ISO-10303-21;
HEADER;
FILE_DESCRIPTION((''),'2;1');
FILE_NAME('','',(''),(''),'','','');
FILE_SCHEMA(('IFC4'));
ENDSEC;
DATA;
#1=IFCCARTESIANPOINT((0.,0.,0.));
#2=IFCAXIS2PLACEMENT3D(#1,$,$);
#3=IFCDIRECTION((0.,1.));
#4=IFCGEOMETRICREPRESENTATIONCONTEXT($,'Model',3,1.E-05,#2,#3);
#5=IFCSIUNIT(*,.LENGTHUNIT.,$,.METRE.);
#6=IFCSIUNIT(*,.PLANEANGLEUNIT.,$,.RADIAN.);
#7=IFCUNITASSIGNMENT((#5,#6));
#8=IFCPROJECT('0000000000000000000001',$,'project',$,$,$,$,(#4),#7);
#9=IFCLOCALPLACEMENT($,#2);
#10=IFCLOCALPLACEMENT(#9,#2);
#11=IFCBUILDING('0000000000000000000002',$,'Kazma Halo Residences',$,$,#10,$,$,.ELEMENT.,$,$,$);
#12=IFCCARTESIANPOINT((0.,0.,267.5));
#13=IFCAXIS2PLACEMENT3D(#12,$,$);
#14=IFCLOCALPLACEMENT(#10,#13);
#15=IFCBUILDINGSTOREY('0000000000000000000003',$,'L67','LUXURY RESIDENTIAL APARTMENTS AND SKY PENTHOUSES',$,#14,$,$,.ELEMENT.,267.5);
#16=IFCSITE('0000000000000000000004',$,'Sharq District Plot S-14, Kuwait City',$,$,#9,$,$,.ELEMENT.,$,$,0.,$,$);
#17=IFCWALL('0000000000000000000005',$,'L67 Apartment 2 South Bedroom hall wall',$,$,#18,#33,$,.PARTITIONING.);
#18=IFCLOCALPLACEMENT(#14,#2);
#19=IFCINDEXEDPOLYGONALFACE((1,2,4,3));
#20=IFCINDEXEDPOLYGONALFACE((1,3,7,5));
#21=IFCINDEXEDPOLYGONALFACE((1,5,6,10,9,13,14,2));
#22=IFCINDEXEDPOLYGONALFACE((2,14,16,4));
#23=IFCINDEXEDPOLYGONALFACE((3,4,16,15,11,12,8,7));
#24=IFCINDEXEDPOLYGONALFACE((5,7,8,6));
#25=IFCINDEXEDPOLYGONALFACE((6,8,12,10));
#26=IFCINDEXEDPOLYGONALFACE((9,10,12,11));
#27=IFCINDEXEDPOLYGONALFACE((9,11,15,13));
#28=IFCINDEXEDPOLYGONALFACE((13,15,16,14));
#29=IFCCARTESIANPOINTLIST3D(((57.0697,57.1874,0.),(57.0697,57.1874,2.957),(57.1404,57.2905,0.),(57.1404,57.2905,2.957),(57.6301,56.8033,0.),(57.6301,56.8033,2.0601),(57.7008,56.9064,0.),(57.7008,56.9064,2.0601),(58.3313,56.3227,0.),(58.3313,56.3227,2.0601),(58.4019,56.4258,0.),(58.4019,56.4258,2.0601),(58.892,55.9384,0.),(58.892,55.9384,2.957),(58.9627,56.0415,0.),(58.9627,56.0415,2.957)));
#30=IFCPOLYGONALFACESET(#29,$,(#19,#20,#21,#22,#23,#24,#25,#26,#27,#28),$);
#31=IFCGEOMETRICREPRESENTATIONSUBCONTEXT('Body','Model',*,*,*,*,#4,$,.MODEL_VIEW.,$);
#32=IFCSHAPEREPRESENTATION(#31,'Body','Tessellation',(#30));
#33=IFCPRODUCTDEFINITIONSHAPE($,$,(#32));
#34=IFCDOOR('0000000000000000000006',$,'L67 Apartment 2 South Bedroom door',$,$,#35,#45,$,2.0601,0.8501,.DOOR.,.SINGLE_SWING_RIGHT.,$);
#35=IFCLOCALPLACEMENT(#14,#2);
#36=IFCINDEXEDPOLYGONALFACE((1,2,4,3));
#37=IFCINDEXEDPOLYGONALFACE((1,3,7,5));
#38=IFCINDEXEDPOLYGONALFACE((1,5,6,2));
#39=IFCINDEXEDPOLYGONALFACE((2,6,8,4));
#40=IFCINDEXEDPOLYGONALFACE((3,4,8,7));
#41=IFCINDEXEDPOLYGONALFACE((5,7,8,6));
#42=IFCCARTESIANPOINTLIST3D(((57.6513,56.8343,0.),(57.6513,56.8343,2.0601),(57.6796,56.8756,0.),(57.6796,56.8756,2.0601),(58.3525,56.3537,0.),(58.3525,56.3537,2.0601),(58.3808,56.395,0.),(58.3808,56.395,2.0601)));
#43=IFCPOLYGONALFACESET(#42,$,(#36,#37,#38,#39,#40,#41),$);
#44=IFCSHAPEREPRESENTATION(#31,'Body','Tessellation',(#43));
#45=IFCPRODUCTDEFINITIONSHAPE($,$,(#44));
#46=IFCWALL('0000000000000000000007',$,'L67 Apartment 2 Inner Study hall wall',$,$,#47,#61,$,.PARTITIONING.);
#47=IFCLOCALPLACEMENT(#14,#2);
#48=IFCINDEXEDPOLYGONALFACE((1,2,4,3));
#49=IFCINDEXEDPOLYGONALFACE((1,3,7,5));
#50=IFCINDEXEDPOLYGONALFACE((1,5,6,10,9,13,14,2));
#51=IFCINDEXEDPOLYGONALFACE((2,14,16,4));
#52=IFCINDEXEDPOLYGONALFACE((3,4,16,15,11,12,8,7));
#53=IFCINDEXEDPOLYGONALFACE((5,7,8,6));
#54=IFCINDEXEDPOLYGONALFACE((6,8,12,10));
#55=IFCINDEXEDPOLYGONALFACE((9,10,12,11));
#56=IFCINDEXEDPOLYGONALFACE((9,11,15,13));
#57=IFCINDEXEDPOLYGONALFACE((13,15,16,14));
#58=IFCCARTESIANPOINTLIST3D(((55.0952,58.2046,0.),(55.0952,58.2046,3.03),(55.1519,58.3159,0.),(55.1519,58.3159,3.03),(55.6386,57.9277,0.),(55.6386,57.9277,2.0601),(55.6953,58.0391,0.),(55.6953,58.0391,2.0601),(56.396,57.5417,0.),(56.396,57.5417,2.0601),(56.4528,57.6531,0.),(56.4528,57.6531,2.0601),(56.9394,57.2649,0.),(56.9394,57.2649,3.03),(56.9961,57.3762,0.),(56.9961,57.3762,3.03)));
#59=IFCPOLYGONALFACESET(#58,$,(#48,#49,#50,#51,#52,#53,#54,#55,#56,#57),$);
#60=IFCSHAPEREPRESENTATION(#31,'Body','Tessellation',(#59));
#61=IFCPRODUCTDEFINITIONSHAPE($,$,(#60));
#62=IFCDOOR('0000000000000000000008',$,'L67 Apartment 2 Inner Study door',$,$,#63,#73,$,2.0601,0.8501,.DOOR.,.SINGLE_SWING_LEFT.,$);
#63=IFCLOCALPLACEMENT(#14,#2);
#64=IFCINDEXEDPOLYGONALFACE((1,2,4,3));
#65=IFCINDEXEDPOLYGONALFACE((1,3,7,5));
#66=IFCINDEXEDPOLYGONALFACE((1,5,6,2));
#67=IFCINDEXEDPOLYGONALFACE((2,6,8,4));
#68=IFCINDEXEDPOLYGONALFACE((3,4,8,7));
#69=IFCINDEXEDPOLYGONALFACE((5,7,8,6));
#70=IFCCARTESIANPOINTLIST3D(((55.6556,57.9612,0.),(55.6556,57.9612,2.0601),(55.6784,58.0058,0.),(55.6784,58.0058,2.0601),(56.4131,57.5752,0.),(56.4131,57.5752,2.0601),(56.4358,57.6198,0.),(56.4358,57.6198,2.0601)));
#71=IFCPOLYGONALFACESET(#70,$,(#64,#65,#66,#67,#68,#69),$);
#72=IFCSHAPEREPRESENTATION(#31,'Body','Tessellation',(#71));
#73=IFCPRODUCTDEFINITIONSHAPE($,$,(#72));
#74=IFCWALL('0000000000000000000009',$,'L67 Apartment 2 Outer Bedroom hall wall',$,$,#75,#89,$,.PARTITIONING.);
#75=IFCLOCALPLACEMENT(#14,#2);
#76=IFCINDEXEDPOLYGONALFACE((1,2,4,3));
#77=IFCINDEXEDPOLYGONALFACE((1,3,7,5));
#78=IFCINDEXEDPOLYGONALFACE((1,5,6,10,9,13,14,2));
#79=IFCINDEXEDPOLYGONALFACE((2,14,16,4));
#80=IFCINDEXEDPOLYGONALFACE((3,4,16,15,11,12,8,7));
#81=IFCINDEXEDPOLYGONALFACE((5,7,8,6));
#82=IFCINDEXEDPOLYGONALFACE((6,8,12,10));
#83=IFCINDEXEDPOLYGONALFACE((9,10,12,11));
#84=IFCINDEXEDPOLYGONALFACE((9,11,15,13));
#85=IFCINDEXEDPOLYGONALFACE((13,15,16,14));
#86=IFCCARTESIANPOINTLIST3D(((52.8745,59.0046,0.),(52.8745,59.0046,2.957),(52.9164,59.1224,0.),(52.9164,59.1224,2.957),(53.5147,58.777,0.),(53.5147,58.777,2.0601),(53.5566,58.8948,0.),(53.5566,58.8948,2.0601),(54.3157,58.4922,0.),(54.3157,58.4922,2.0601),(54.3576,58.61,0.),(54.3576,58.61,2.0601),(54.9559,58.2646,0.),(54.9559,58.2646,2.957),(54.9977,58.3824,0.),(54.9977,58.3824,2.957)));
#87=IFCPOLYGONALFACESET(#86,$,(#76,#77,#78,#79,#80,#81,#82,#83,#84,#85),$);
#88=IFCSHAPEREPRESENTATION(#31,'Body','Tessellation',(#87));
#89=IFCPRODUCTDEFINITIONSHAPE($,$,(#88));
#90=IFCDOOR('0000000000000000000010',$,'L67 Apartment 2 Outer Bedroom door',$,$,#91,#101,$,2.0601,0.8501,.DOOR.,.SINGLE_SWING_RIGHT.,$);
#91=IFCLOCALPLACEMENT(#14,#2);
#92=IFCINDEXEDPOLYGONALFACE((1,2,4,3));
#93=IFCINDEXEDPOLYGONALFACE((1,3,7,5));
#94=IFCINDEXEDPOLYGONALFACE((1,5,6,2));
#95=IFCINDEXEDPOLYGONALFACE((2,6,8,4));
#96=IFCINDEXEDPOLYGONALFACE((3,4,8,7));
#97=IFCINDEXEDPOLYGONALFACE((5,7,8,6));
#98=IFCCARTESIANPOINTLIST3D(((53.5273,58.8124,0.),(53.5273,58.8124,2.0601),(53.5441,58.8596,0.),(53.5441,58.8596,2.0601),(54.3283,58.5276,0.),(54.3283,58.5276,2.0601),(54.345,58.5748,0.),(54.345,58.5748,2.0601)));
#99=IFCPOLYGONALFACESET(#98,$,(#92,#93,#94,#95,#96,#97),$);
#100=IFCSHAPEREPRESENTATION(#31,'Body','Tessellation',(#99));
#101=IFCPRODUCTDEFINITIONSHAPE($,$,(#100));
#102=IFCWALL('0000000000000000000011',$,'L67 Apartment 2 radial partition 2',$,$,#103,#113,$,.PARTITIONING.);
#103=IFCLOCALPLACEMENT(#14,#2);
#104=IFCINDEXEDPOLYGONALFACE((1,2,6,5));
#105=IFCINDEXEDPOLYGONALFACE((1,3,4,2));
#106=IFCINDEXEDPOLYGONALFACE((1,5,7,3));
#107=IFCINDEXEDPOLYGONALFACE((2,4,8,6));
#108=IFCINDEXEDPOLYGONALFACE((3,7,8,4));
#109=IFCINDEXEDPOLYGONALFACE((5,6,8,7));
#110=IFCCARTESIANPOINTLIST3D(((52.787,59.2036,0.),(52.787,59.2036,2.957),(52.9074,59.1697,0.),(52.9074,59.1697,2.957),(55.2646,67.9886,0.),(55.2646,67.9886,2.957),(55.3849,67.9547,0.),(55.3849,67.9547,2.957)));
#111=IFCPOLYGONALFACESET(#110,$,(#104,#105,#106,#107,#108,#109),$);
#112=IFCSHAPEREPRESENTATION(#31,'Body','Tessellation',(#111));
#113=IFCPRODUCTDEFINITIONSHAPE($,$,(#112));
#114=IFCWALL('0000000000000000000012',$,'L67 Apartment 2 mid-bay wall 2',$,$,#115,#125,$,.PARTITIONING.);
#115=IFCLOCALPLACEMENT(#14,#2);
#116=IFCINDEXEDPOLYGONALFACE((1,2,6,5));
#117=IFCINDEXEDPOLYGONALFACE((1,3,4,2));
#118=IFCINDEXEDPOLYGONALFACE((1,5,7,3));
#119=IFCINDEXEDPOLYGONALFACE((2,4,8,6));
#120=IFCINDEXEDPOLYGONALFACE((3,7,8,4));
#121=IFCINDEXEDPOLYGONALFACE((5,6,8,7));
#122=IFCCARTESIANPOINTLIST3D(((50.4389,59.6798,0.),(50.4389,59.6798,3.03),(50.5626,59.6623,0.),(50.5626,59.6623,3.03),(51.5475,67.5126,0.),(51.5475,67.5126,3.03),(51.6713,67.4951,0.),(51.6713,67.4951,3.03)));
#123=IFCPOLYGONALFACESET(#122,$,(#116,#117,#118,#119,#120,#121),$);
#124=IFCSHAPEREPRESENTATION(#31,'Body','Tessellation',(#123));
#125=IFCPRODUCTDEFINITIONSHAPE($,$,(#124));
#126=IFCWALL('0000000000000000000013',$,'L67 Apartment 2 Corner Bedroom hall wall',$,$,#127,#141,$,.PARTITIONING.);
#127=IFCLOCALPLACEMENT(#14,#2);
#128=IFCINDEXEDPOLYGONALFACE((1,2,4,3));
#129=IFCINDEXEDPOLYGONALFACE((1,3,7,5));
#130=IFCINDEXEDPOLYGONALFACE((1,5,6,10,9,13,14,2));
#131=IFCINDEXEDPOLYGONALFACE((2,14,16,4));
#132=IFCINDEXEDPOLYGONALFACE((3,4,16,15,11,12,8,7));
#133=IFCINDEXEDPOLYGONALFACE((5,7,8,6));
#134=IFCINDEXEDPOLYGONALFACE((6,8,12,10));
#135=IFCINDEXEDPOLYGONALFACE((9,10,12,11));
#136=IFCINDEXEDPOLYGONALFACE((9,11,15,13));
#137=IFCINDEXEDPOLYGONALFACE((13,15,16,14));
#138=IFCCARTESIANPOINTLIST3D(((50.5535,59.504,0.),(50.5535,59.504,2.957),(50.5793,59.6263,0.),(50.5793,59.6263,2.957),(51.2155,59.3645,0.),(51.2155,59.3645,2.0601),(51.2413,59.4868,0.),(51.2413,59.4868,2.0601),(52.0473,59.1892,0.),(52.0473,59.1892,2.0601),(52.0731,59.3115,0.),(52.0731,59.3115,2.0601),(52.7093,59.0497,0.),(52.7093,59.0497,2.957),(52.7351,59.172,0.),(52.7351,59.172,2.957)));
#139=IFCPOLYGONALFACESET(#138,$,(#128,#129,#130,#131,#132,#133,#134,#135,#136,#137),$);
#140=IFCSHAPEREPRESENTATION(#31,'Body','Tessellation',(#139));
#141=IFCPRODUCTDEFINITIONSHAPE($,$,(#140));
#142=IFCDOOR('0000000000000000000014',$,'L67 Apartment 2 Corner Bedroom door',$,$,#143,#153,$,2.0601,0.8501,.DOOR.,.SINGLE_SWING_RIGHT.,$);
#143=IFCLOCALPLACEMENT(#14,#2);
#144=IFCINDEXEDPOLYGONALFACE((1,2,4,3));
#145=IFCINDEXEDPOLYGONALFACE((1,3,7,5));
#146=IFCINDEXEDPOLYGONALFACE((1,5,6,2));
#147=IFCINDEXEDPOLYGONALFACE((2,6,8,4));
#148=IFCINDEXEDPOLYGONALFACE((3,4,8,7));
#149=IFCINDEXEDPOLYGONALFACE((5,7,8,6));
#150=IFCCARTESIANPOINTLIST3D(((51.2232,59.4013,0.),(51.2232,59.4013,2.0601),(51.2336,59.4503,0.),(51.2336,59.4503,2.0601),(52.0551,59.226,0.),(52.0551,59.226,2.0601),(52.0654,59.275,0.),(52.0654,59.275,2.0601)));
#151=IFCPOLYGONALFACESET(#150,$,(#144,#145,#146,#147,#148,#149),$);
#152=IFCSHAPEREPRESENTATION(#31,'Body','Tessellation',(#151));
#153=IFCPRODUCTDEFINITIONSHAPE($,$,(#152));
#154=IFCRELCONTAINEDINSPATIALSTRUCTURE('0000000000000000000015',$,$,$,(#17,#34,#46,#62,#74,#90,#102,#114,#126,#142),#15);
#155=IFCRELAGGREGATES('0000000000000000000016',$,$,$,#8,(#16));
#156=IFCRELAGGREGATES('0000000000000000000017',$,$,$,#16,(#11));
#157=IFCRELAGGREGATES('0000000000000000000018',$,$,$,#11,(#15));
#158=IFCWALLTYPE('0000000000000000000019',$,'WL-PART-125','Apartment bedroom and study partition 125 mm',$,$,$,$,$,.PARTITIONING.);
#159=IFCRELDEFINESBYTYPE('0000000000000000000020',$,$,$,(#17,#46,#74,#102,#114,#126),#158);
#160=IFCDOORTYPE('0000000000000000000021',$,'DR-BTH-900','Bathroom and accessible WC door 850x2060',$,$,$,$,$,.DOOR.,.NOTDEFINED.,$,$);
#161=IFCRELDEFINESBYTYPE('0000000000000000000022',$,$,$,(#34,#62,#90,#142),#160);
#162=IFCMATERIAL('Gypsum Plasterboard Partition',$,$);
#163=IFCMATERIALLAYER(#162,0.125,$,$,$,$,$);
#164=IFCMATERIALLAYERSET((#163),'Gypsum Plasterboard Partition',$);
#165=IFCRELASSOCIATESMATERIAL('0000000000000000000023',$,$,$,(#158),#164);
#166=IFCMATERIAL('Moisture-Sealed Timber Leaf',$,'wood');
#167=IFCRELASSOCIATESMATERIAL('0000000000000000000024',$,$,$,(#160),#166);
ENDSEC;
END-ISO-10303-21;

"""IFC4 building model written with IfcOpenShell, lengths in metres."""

from ifc_helpers import new_model, si_unit, direction, frame, frame_2d, origin, place, context, subcontext, project, spatial, rectangle, extrude, material, layer, layer_set, type_object, element, fill, save


model = new_model("IFC4")

# Units and contexts
model_context = context("Model", 3, precision=1e-05, world=origin(), true_north=direction((0.0, 1.0)))
body_context = subcontext(model_context, "Body", "Model", "MODEL_VIEW")
ifc_project = project(units=[si_unit("LENGTHUNIT", "METRE"), si_unit("PLANEANGLEUNIT", "RADIAN")], contexts=[model_context])

# Site, building, storey
site_placement = place(None, origin())
site = spatial("IfcSite", under=ifc_project, at=site_placement, Name="Sharq District Plot S-14, Kuwait City", CompositionType="ELEMENT", RefElevation=0.0)
building_placement = place(site_placement, origin())
building = spatial("IfcBuilding", under=site, at=building_placement, Name="Kazma Halo Residences", CompositionType="ELEMENT")
storey_placement = place(building_placement, frame((0.0, 0.0, 267.5)))
storey = spatial("IfcBuildingStorey", under=building, at=storey_placement, Name="L67", Description="LUXURY RESIDENTIAL APARTMENTS AND SKY PENTHOUSES", CompositionType="ELEMENT", Elevation=267.5)

# Shared definitions
ifc_material_1 = material(Name="Gypsum Plasterboard Partition")
ifc_layer_1 = layer(ifc_material_1, 0.125)
ifc_layer_set_1 = layer_set([ifc_layer_1], Name="Gypsum Plasterboard Partition")
wall_type_1 = type_object("IfcWallType", Name="WL-PART-125", Description="Apartment bedroom and study partition 125 mm", PredefinedType="PARTITIONING", material=ifc_layer_set_1)

# Walls, openings, doors
wall_1_placement = place(storey_placement, frame((58.9272, 55.99, 0.0), z_axis=(0.0, 0.0, 1.0), x_axis=(-0.824841, 0.565365, 0.0)))
wall_1 = element("IfcWall", 1, at=wall_1_placement, inside=storey, type_object=wall_type_1, Name="L67 Apartment 2 South Bedroom hall wall", PredefinedType="PARTITIONING", context=body_context, shape_type="SweptSolid", body=[
    extrude(rectangle(XDim=2.2092, YDim=0.125, at=frame_2d((1.1045, 0.0))), origin(), (0.0, 0.0, 1.0), 2.957),
])
opening_1_placement = place(wall_1_placement, frame((0.6797, 0.0, 0.0)))
opening_1 = element("IfcOpeningElement", 2, at=opening_1_placement, cuts=wall_1, PredefinedType="OPENING", context=body_context, shape_type="SweptSolid", body=[
    extrude(rectangle(XDim=0.8501, YDim=2.0601, at=frame_2d((0.425, 1.03))), frame((0.0, 0.0725, 0.0), z_axis=(0.0, -1.0, 0.0), x_axis=(1.0, 0.0, 0.0)), (0.0, 0.0, 1.0), 0.145),
])
ifc_material_2 = material(Name="Moisture-Sealed Timber Leaf", Category="wood")
door_type_1 = type_object("IfcDoorType", Name="DR-BTH-900", Description="Bathroom and accessible WC door 850x2060", OperationType="NOTDEFINED", PredefinedType="DOOR", material=ifc_material_2)
door_1_placement = place(opening_1_placement, origin())
door_1 = element("IfcDoor", 3, at=door_1_placement, inside=storey, type_object=door_type_1, Name="L67 Apartment 2 South Bedroom door", OperationType="SINGLE_SWING_RIGHT", OverallHeight=2.0601, OverallWidth=0.8501, PredefinedType="DOOR", context=body_context, shape_type="SweptSolid", body=[
    extrude(rectangle(XDim=0.8501, YDim=2.0601, at=frame_2d((0.425, 1.03))), frame((0.0, 0.0249, 0.0), z_axis=(0.0, -1.0, 0.0), x_axis=(1.0, 0.0, 0.0)), (0.0, 0.0, 1.0), 0.05),
])
fill(opening_1, door_1)
wall_2_placement = place(storey_placement, frame((56.9678, 57.3206, 0.0), z_axis=(0.0, 0.0, 1.0), x_axis=(-0.891004, 0.453995, 0.0)))
wall_2 = element("IfcWall", 4, at=wall_2_placement, inside=storey, type_object=wall_type_1, Name="L67 Apartment 2 Inner Study hall wall", PredefinedType="PARTITIONING", context=body_context, shape_type="SweptSolid", body=[
    extrude(rectangle(XDim=2.0698, YDim=0.125, at=frame_2d((1.0349, 0.0))), origin(), (0.0, 0.0, 1.0), 3.03),
])
opening_2_placement = place(wall_2_placement, frame((0.6099, 0.0, 0.0)))
opening_2 = element("IfcOpeningElement", 5, at=opening_2_placement, cuts=wall_2, PredefinedType="OPENING", context=body_context, shape_type="SweptSolid", body=[
    extrude(rectangle(XDim=0.8501, YDim=2.0601, at=frame_2d((0.425, 1.03))), frame((0.0, 0.0725, 0.0), z_axis=(0.0, -1.0, 0.0), x_axis=(1.0, 0.0, 0.0)), (0.0, 0.0, 1.0), 0.145),
])
door_2_placement = place(opening_2_placement, origin())
door_2 = element("IfcDoor", 6, at=door_2_placement, inside=storey, type_object=door_type_1, Name="L67 Apartment 2 Inner Study door", OperationType="SINGLE_SWING_LEFT", OverallHeight=2.0601, OverallWidth=0.8501, PredefinedType="DOOR", context=body_context, shape_type="SweptSolid", body=[
    extrude(rectangle(XDim=0.8501, YDim=2.0601, at=frame_2d((0.425, 1.03))), frame((0.0, 0.0249, 0.0), z_axis=(0.0, -1.0, 0.0), x_axis=(1.0, 0.0, 0.0)), (0.0, 0.0, 1.0), 0.05),
])
fill(opening_2, door_2)
wall_3_placement = place(storey_placement, frame((54.9768, 58.3235, 0.0), z_axis=(0.0, 0.0, 1.0), x_axis=(-0.942219, 0.334999, 0.0)))
wall_3 = element("IfcWall", 7, at=wall_3_placement, inside=storey, type_object=wall_type_1, Name="L67 Apartment 2 Outer Bedroom hall wall", PredefinedType="PARTITIONING", context=body_context, shape_type="SweptSolid", body=[
    extrude(rectangle(XDim=2.209, YDim=0.125, at=frame_2d((1.1045, 0.0))), origin(), (0.0, 0.0, 1.0), 2.957),
])
opening_3_placement = place(wall_3_placement, frame((0.6794, 0.0, 0.0)))
opening_3 = element("IfcOpeningElement", 8, at=opening_3_placement, cuts=wall_3, PredefinedType="OPENING", context=body_context, shape_type="SweptSolid", body=[
    extrude(rectangle(XDim=0.8501, YDim=2.0601, at=frame_2d((0.425, 1.03))), frame((0.0, 0.0725, 0.0), z_axis=(0.0, -1.0, 0.0), x_axis=(1.0, 0.0, 0.0)), (0.0, 0.0, 1.0), 0.145),
])
door_3_placement = place(opening_3_placement, origin())
door_3 = element("IfcDoor", 9, at=door_3_placement, inside=storey, type_object=door_type_1, Name="L67 Apartment 2 Outer Bedroom door", OperationType="SINGLE_SWING_RIGHT", OverallHeight=2.0601, OverallWidth=0.8501, PredefinedType="DOOR", context=body_context, shape_type="SweptSolid", body=[
    extrude(rectangle(XDim=0.8501, YDim=2.0601, at=frame_2d((0.425, 1.03))), frame((0.0, 0.0249, 0.0), z_axis=(0.0, -1.0, 0.0), x_axis=(1.0, 0.0, 0.0)), (0.0, 0.0, 1.0), 0.05),
])
fill(opening_3, door_3)

# Walls
wall_4_placement = place(storey_placement, frame((52.8472, 59.1865, 0.0), z_axis=(0.0, 0.0, 1.0), x_axis=(0.271434, 0.962457, 0.0)))
element("IfcWall", 10, at=wall_4_placement, inside=storey, type_object=wall_type_1, Name="L67 Apartment 2 radial partition 2", PredefinedType="PARTITIONING", context=body_context, shape_type="SweptSolid", body=[
    extrude(rectangle(XDim=9.1277, YDim=0.125, at=frame_2d((4.564, 0.0))), origin(), (0.0, 0.0, 1.0), 2.957),
])
wall_5_placement = place(storey_placement, frame((50.5007, 59.6709, 0.0), z_axis=(0.0, 0.0, 1.0), x_axis=(0.140142, 0.990131, 0.0)))
element("IfcWall", 11, at=wall_5_placement, inside=storey, type_object=wall_type_1, Name="L67 Apartment 2 mid-bay wall 2", PredefinedType="PARTITIONING", context=body_context, shape_type="SweptSolid", body=[
    extrude(rectangle(XDim=7.9109, YDim=0.125, at=frame_2d((3.9556, 0.0))), origin(), (0.0, 0.0, 1.0), 3.03),
])

# Wall, opening, door
wall_6_placement = place(storey_placement, frame((52.7222, 59.1108, 0.0), z_axis=(0.0, 0.0, 1.0), x_axis=(-0.978504, 0.206228, 0.0)))
wall_6 = element("IfcWall", 12, at=wall_6_placement, inside=storey, type_object=wall_type_1, Name="L67 Apartment 2 Corner Bedroom hall wall", PredefinedType="PARTITIONING", context=body_context, shape_type="SweptSolid", body=[
    extrude(rectangle(XDim=2.2031, YDim=0.125, at=frame_2d((1.1016, 0.0))), origin(), (0.0, 0.0, 1.0), 2.957),
])
opening_4_placement = place(wall_6_placement, frame((0.6765, 0.0, 0.0)))
opening_4 = element("IfcOpeningElement", 13, at=opening_4_placement, cuts=wall_6, PredefinedType="OPENING", context=body_context, shape_type="SweptSolid", body=[
    extrude(rectangle(XDim=0.8501, YDim=2.0601, at=frame_2d((0.425, 1.03))), frame((0.0, 0.0725, 0.0), z_axis=(0.0, -1.0, 0.0), x_axis=(1.0, 0.0, 0.0)), (0.0, 0.0, 1.0), 0.145),
])
door_4_placement = place(opening_4_placement, origin())
door_4 = element("IfcDoor", 14, at=door_4_placement, inside=storey, type_object=door_type_1, Name="L67 Apartment 2 Corner Bedroom door", OperationType="SINGLE_SWING_RIGHT", OverallHeight=2.0601, OverallWidth=0.8501, PredefinedType="DOOR", context=body_context, shape_type="SweptSolid", body=[
    extrude(rectangle(XDim=0.8501, YDim=2.0601, at=frame_2d((0.425, 1.03))), frame((0.0, 0.0249, 0.0), z_axis=(0.0, -1.0, 0.0), x_axis=(1.0, 0.0, 0.0)), (0.0, 0.0, 1.0), 0.05),
])
fill(opening_4, door_4)

save(model, "model.ifc")
